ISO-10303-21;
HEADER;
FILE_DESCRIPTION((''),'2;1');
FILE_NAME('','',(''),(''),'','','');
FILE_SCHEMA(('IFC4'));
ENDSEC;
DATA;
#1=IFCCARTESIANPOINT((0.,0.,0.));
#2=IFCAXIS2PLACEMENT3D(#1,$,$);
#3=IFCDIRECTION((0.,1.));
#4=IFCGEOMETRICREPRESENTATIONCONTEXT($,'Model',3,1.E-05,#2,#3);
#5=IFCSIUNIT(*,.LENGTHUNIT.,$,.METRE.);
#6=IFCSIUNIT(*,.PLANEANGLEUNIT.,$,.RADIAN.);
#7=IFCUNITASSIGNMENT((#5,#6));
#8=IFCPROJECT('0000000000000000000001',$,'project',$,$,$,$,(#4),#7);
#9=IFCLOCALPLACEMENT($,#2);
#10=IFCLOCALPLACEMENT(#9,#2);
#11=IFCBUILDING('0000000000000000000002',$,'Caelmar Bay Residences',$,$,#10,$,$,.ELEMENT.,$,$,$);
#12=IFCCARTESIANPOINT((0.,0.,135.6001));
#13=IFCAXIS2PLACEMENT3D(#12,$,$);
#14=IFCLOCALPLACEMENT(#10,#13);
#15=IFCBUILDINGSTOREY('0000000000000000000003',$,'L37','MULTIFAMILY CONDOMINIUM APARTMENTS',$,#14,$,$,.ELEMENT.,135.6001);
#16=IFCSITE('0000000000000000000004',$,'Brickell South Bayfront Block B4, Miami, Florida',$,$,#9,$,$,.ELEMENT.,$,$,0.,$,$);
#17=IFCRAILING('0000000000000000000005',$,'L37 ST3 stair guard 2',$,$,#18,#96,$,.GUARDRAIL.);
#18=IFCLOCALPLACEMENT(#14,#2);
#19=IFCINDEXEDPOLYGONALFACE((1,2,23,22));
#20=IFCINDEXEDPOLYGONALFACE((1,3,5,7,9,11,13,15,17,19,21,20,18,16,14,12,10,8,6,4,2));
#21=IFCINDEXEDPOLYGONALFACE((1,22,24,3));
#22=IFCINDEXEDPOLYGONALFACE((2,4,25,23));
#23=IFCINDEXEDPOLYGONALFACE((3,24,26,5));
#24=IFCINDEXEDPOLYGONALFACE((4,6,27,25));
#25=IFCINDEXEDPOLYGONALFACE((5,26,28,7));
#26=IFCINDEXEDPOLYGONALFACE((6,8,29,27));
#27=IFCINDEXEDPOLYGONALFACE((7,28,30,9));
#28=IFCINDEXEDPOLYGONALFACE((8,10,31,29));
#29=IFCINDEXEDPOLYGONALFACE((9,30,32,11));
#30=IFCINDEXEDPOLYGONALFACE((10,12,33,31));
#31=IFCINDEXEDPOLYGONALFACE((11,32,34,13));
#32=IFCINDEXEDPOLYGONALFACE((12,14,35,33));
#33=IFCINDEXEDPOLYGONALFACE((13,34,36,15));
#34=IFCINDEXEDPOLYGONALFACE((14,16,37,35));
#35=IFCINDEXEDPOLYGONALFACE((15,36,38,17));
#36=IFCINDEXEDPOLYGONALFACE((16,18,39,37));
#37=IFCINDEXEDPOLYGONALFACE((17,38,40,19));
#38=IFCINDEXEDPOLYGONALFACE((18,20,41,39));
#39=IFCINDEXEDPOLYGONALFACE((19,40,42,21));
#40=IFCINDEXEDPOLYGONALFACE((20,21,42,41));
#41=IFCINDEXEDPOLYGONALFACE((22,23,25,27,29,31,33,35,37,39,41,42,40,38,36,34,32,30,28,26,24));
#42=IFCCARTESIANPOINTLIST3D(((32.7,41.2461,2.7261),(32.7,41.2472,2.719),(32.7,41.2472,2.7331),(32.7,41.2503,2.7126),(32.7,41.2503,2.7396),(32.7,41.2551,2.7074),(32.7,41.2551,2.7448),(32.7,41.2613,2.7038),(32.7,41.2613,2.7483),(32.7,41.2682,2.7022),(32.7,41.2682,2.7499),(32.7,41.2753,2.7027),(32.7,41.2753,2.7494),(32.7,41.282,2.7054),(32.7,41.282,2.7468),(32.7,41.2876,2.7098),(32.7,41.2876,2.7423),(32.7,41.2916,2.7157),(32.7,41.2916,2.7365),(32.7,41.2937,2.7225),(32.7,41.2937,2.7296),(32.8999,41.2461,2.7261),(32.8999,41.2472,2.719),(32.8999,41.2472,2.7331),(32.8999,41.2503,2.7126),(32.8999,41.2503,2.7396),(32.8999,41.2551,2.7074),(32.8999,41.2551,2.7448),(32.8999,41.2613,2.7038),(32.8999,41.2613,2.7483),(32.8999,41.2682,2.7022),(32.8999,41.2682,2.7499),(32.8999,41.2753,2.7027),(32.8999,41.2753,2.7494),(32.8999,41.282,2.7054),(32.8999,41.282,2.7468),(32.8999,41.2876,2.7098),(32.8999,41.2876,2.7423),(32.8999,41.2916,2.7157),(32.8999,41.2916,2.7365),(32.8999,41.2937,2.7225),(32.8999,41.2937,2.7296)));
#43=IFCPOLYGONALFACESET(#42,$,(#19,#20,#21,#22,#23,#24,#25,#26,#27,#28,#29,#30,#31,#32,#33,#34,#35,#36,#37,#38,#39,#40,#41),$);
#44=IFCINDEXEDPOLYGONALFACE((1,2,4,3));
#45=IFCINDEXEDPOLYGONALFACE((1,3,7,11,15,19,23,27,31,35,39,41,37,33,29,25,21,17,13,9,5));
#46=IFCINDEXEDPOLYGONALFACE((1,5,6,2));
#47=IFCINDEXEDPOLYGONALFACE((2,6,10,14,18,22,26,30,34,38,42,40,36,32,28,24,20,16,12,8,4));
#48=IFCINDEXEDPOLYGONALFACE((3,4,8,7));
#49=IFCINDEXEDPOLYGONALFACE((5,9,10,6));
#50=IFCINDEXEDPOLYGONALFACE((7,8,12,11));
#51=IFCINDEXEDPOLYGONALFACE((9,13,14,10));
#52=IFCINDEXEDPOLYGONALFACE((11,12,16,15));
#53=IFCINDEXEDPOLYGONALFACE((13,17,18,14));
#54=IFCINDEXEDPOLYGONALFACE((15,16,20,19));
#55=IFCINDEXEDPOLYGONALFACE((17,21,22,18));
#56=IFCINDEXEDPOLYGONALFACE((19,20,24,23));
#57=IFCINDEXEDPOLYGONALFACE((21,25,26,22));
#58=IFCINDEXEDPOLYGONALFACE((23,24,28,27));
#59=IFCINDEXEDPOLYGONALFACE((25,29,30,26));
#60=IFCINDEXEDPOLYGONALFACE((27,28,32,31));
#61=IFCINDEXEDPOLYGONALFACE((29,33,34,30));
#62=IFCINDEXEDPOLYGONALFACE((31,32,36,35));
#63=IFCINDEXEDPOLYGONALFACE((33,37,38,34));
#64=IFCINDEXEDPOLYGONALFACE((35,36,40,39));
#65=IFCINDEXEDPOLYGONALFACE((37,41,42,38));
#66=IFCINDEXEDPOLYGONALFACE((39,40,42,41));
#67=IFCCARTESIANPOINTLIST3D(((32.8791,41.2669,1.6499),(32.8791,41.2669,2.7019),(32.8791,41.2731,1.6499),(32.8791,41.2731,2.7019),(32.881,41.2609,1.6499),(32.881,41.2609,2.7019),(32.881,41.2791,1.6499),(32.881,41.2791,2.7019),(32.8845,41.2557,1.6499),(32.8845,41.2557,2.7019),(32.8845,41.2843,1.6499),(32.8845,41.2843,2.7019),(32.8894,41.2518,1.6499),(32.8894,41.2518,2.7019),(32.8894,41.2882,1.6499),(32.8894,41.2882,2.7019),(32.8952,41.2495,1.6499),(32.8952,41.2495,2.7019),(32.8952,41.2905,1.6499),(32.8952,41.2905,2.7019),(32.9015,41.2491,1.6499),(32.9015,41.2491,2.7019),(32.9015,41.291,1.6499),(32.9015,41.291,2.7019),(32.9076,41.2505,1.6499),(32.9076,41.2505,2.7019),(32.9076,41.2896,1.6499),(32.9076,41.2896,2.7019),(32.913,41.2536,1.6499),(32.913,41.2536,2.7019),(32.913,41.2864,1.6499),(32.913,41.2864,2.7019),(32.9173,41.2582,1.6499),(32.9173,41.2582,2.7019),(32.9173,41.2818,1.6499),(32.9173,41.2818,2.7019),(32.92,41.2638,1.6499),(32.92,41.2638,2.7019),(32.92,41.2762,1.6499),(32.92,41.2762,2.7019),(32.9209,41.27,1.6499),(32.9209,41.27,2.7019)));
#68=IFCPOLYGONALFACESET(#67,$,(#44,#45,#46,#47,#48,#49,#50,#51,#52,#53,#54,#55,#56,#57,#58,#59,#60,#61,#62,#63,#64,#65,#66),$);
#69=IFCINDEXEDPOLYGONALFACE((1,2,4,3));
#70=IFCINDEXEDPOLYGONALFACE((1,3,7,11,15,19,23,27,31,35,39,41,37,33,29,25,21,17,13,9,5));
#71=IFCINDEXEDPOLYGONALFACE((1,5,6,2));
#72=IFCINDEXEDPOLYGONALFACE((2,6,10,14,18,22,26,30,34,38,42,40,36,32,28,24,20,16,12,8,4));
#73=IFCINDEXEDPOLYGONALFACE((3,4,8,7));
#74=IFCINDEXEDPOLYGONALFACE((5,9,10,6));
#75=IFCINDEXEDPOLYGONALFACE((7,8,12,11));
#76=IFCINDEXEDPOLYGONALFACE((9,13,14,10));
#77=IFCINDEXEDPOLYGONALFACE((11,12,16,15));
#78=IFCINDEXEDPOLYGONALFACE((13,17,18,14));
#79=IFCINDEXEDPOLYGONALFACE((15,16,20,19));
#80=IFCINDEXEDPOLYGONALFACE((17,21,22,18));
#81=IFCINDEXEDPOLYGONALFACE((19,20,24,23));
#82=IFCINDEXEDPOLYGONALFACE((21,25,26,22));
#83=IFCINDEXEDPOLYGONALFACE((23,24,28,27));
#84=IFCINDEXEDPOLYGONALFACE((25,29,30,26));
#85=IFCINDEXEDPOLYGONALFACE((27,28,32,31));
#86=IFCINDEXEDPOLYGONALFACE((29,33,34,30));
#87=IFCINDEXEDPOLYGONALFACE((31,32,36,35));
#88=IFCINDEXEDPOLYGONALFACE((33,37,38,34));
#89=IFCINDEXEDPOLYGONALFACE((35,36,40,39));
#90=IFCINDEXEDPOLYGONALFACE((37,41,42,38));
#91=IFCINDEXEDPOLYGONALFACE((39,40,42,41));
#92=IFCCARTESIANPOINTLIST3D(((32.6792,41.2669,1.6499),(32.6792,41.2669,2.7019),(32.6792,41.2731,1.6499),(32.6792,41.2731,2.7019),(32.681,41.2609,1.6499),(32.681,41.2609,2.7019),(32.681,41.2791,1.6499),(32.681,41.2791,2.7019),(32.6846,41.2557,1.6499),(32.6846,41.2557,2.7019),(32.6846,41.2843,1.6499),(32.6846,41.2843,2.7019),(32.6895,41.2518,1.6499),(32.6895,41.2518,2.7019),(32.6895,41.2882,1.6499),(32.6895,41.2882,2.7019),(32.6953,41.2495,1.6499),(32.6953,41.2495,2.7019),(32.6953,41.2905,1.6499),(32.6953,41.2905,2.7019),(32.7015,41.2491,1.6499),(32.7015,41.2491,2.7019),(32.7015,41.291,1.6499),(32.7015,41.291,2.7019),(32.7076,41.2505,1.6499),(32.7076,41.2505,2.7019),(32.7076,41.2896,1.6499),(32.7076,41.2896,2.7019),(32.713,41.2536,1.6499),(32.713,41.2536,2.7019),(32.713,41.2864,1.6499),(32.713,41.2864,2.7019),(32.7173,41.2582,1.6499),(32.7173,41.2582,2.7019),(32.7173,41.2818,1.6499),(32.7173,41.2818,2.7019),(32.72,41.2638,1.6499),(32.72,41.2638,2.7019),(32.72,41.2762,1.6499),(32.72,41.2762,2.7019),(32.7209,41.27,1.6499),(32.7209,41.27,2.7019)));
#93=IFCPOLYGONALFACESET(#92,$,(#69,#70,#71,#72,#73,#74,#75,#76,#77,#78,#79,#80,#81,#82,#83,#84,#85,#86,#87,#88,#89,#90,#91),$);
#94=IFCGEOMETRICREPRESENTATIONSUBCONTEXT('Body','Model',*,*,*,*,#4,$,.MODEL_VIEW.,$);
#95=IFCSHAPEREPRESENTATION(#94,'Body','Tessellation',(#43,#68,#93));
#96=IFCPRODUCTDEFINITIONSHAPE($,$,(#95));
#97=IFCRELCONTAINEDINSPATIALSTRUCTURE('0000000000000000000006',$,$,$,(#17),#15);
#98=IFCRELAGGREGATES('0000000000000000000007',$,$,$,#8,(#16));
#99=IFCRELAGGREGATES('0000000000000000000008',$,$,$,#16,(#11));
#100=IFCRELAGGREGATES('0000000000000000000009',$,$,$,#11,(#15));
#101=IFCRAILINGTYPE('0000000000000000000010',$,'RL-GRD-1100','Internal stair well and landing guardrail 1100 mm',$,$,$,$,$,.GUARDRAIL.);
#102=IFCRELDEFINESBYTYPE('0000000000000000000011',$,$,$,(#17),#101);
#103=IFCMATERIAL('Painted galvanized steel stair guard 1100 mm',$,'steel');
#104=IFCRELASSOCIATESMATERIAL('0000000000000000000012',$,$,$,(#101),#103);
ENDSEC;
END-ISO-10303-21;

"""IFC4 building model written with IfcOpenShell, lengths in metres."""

from ifc_helpers import new_model, si_unit, direction, frame, origin, origin_2d, place, context, subcontext, project, spatial, circle, extrude, material, type_object, element, save


model = new_model("IFC4")

# Units and contexts
model_context = context("Model", 3, precision=1e-05, world=origin(), true_north=direction((0.0, 1.0)))
body_context = subcontext(model_context, "Body", "Model", "MODEL_VIEW")
ifc_project = project(units=[si_unit("LENGTHUNIT", "METRE"), si_unit("PLANEANGLEUNIT", "RADIAN")], contexts=[model_context])

# Site, building, storey
site_placement = place(None, origin())
site = spatial("IfcSite", under=ifc_project, at=site_placement, Name="Brickell South Bayfront Block B4, Miami, Florida", CompositionType="ELEMENT", RefElevation=0.0)
building_placement = place(site_placement, origin())
building = spatial("IfcBuilding", under=site, at=building_placement, Name="Caelmar Bay Residences", CompositionType="ELEMENT")
storey_placement = place(building_placement, frame((0.0, 0.0, 135.6001)))
storey = spatial("IfcBuildingStorey", under=building, at=storey_placement, Name="L37", Description="MULTIFAMILY CONDOMINIUM APARTMENTS", CompositionType="ELEMENT", Elevation=135.6001)

# Railing
ifc_material_1 = material(Name="Painted galvanized steel stair guard 1100 mm", Category="steel")
railing_type_1 = type_object("IfcRailingType", Name="RL-GRD-1100", Description="Internal stair well and landing guardrail 1100 mm", PredefinedType="GUARDRAIL", material=ifc_material_1)
railing_1_placement = place(storey_placement, frame((32.8999, 41.27, 1.6499)))
element("IfcRailing", 1, at=railing_1_placement, inside=storey, type_object=railing_type_1, Name="L37 ST3 stair guard 2", PredefinedType="GUARDRAIL", context=body_context, shape_type="SweptSolid", body=[
    extrude(circle(Radius=0.0239, at=origin_2d()), frame((0.0, 0.0, 1.0762), z_axis=(-1.0, 0.0, 0.0), x_axis=(0.0, -1.0, 0.0)), (0.0, 0.0, 1.0), 0.2),
    extrude(circle(Radius=0.021, at=origin_2d()), origin(), (0.0, 0.0, 1.0), 1.052),
    extrude(circle(Radius=0.021, at=origin_2d()), frame((-0.2, 0.0, 0.0)), (0.0, 0.0, 1.0), 1.052),
])

save(model, "model.ifc")
